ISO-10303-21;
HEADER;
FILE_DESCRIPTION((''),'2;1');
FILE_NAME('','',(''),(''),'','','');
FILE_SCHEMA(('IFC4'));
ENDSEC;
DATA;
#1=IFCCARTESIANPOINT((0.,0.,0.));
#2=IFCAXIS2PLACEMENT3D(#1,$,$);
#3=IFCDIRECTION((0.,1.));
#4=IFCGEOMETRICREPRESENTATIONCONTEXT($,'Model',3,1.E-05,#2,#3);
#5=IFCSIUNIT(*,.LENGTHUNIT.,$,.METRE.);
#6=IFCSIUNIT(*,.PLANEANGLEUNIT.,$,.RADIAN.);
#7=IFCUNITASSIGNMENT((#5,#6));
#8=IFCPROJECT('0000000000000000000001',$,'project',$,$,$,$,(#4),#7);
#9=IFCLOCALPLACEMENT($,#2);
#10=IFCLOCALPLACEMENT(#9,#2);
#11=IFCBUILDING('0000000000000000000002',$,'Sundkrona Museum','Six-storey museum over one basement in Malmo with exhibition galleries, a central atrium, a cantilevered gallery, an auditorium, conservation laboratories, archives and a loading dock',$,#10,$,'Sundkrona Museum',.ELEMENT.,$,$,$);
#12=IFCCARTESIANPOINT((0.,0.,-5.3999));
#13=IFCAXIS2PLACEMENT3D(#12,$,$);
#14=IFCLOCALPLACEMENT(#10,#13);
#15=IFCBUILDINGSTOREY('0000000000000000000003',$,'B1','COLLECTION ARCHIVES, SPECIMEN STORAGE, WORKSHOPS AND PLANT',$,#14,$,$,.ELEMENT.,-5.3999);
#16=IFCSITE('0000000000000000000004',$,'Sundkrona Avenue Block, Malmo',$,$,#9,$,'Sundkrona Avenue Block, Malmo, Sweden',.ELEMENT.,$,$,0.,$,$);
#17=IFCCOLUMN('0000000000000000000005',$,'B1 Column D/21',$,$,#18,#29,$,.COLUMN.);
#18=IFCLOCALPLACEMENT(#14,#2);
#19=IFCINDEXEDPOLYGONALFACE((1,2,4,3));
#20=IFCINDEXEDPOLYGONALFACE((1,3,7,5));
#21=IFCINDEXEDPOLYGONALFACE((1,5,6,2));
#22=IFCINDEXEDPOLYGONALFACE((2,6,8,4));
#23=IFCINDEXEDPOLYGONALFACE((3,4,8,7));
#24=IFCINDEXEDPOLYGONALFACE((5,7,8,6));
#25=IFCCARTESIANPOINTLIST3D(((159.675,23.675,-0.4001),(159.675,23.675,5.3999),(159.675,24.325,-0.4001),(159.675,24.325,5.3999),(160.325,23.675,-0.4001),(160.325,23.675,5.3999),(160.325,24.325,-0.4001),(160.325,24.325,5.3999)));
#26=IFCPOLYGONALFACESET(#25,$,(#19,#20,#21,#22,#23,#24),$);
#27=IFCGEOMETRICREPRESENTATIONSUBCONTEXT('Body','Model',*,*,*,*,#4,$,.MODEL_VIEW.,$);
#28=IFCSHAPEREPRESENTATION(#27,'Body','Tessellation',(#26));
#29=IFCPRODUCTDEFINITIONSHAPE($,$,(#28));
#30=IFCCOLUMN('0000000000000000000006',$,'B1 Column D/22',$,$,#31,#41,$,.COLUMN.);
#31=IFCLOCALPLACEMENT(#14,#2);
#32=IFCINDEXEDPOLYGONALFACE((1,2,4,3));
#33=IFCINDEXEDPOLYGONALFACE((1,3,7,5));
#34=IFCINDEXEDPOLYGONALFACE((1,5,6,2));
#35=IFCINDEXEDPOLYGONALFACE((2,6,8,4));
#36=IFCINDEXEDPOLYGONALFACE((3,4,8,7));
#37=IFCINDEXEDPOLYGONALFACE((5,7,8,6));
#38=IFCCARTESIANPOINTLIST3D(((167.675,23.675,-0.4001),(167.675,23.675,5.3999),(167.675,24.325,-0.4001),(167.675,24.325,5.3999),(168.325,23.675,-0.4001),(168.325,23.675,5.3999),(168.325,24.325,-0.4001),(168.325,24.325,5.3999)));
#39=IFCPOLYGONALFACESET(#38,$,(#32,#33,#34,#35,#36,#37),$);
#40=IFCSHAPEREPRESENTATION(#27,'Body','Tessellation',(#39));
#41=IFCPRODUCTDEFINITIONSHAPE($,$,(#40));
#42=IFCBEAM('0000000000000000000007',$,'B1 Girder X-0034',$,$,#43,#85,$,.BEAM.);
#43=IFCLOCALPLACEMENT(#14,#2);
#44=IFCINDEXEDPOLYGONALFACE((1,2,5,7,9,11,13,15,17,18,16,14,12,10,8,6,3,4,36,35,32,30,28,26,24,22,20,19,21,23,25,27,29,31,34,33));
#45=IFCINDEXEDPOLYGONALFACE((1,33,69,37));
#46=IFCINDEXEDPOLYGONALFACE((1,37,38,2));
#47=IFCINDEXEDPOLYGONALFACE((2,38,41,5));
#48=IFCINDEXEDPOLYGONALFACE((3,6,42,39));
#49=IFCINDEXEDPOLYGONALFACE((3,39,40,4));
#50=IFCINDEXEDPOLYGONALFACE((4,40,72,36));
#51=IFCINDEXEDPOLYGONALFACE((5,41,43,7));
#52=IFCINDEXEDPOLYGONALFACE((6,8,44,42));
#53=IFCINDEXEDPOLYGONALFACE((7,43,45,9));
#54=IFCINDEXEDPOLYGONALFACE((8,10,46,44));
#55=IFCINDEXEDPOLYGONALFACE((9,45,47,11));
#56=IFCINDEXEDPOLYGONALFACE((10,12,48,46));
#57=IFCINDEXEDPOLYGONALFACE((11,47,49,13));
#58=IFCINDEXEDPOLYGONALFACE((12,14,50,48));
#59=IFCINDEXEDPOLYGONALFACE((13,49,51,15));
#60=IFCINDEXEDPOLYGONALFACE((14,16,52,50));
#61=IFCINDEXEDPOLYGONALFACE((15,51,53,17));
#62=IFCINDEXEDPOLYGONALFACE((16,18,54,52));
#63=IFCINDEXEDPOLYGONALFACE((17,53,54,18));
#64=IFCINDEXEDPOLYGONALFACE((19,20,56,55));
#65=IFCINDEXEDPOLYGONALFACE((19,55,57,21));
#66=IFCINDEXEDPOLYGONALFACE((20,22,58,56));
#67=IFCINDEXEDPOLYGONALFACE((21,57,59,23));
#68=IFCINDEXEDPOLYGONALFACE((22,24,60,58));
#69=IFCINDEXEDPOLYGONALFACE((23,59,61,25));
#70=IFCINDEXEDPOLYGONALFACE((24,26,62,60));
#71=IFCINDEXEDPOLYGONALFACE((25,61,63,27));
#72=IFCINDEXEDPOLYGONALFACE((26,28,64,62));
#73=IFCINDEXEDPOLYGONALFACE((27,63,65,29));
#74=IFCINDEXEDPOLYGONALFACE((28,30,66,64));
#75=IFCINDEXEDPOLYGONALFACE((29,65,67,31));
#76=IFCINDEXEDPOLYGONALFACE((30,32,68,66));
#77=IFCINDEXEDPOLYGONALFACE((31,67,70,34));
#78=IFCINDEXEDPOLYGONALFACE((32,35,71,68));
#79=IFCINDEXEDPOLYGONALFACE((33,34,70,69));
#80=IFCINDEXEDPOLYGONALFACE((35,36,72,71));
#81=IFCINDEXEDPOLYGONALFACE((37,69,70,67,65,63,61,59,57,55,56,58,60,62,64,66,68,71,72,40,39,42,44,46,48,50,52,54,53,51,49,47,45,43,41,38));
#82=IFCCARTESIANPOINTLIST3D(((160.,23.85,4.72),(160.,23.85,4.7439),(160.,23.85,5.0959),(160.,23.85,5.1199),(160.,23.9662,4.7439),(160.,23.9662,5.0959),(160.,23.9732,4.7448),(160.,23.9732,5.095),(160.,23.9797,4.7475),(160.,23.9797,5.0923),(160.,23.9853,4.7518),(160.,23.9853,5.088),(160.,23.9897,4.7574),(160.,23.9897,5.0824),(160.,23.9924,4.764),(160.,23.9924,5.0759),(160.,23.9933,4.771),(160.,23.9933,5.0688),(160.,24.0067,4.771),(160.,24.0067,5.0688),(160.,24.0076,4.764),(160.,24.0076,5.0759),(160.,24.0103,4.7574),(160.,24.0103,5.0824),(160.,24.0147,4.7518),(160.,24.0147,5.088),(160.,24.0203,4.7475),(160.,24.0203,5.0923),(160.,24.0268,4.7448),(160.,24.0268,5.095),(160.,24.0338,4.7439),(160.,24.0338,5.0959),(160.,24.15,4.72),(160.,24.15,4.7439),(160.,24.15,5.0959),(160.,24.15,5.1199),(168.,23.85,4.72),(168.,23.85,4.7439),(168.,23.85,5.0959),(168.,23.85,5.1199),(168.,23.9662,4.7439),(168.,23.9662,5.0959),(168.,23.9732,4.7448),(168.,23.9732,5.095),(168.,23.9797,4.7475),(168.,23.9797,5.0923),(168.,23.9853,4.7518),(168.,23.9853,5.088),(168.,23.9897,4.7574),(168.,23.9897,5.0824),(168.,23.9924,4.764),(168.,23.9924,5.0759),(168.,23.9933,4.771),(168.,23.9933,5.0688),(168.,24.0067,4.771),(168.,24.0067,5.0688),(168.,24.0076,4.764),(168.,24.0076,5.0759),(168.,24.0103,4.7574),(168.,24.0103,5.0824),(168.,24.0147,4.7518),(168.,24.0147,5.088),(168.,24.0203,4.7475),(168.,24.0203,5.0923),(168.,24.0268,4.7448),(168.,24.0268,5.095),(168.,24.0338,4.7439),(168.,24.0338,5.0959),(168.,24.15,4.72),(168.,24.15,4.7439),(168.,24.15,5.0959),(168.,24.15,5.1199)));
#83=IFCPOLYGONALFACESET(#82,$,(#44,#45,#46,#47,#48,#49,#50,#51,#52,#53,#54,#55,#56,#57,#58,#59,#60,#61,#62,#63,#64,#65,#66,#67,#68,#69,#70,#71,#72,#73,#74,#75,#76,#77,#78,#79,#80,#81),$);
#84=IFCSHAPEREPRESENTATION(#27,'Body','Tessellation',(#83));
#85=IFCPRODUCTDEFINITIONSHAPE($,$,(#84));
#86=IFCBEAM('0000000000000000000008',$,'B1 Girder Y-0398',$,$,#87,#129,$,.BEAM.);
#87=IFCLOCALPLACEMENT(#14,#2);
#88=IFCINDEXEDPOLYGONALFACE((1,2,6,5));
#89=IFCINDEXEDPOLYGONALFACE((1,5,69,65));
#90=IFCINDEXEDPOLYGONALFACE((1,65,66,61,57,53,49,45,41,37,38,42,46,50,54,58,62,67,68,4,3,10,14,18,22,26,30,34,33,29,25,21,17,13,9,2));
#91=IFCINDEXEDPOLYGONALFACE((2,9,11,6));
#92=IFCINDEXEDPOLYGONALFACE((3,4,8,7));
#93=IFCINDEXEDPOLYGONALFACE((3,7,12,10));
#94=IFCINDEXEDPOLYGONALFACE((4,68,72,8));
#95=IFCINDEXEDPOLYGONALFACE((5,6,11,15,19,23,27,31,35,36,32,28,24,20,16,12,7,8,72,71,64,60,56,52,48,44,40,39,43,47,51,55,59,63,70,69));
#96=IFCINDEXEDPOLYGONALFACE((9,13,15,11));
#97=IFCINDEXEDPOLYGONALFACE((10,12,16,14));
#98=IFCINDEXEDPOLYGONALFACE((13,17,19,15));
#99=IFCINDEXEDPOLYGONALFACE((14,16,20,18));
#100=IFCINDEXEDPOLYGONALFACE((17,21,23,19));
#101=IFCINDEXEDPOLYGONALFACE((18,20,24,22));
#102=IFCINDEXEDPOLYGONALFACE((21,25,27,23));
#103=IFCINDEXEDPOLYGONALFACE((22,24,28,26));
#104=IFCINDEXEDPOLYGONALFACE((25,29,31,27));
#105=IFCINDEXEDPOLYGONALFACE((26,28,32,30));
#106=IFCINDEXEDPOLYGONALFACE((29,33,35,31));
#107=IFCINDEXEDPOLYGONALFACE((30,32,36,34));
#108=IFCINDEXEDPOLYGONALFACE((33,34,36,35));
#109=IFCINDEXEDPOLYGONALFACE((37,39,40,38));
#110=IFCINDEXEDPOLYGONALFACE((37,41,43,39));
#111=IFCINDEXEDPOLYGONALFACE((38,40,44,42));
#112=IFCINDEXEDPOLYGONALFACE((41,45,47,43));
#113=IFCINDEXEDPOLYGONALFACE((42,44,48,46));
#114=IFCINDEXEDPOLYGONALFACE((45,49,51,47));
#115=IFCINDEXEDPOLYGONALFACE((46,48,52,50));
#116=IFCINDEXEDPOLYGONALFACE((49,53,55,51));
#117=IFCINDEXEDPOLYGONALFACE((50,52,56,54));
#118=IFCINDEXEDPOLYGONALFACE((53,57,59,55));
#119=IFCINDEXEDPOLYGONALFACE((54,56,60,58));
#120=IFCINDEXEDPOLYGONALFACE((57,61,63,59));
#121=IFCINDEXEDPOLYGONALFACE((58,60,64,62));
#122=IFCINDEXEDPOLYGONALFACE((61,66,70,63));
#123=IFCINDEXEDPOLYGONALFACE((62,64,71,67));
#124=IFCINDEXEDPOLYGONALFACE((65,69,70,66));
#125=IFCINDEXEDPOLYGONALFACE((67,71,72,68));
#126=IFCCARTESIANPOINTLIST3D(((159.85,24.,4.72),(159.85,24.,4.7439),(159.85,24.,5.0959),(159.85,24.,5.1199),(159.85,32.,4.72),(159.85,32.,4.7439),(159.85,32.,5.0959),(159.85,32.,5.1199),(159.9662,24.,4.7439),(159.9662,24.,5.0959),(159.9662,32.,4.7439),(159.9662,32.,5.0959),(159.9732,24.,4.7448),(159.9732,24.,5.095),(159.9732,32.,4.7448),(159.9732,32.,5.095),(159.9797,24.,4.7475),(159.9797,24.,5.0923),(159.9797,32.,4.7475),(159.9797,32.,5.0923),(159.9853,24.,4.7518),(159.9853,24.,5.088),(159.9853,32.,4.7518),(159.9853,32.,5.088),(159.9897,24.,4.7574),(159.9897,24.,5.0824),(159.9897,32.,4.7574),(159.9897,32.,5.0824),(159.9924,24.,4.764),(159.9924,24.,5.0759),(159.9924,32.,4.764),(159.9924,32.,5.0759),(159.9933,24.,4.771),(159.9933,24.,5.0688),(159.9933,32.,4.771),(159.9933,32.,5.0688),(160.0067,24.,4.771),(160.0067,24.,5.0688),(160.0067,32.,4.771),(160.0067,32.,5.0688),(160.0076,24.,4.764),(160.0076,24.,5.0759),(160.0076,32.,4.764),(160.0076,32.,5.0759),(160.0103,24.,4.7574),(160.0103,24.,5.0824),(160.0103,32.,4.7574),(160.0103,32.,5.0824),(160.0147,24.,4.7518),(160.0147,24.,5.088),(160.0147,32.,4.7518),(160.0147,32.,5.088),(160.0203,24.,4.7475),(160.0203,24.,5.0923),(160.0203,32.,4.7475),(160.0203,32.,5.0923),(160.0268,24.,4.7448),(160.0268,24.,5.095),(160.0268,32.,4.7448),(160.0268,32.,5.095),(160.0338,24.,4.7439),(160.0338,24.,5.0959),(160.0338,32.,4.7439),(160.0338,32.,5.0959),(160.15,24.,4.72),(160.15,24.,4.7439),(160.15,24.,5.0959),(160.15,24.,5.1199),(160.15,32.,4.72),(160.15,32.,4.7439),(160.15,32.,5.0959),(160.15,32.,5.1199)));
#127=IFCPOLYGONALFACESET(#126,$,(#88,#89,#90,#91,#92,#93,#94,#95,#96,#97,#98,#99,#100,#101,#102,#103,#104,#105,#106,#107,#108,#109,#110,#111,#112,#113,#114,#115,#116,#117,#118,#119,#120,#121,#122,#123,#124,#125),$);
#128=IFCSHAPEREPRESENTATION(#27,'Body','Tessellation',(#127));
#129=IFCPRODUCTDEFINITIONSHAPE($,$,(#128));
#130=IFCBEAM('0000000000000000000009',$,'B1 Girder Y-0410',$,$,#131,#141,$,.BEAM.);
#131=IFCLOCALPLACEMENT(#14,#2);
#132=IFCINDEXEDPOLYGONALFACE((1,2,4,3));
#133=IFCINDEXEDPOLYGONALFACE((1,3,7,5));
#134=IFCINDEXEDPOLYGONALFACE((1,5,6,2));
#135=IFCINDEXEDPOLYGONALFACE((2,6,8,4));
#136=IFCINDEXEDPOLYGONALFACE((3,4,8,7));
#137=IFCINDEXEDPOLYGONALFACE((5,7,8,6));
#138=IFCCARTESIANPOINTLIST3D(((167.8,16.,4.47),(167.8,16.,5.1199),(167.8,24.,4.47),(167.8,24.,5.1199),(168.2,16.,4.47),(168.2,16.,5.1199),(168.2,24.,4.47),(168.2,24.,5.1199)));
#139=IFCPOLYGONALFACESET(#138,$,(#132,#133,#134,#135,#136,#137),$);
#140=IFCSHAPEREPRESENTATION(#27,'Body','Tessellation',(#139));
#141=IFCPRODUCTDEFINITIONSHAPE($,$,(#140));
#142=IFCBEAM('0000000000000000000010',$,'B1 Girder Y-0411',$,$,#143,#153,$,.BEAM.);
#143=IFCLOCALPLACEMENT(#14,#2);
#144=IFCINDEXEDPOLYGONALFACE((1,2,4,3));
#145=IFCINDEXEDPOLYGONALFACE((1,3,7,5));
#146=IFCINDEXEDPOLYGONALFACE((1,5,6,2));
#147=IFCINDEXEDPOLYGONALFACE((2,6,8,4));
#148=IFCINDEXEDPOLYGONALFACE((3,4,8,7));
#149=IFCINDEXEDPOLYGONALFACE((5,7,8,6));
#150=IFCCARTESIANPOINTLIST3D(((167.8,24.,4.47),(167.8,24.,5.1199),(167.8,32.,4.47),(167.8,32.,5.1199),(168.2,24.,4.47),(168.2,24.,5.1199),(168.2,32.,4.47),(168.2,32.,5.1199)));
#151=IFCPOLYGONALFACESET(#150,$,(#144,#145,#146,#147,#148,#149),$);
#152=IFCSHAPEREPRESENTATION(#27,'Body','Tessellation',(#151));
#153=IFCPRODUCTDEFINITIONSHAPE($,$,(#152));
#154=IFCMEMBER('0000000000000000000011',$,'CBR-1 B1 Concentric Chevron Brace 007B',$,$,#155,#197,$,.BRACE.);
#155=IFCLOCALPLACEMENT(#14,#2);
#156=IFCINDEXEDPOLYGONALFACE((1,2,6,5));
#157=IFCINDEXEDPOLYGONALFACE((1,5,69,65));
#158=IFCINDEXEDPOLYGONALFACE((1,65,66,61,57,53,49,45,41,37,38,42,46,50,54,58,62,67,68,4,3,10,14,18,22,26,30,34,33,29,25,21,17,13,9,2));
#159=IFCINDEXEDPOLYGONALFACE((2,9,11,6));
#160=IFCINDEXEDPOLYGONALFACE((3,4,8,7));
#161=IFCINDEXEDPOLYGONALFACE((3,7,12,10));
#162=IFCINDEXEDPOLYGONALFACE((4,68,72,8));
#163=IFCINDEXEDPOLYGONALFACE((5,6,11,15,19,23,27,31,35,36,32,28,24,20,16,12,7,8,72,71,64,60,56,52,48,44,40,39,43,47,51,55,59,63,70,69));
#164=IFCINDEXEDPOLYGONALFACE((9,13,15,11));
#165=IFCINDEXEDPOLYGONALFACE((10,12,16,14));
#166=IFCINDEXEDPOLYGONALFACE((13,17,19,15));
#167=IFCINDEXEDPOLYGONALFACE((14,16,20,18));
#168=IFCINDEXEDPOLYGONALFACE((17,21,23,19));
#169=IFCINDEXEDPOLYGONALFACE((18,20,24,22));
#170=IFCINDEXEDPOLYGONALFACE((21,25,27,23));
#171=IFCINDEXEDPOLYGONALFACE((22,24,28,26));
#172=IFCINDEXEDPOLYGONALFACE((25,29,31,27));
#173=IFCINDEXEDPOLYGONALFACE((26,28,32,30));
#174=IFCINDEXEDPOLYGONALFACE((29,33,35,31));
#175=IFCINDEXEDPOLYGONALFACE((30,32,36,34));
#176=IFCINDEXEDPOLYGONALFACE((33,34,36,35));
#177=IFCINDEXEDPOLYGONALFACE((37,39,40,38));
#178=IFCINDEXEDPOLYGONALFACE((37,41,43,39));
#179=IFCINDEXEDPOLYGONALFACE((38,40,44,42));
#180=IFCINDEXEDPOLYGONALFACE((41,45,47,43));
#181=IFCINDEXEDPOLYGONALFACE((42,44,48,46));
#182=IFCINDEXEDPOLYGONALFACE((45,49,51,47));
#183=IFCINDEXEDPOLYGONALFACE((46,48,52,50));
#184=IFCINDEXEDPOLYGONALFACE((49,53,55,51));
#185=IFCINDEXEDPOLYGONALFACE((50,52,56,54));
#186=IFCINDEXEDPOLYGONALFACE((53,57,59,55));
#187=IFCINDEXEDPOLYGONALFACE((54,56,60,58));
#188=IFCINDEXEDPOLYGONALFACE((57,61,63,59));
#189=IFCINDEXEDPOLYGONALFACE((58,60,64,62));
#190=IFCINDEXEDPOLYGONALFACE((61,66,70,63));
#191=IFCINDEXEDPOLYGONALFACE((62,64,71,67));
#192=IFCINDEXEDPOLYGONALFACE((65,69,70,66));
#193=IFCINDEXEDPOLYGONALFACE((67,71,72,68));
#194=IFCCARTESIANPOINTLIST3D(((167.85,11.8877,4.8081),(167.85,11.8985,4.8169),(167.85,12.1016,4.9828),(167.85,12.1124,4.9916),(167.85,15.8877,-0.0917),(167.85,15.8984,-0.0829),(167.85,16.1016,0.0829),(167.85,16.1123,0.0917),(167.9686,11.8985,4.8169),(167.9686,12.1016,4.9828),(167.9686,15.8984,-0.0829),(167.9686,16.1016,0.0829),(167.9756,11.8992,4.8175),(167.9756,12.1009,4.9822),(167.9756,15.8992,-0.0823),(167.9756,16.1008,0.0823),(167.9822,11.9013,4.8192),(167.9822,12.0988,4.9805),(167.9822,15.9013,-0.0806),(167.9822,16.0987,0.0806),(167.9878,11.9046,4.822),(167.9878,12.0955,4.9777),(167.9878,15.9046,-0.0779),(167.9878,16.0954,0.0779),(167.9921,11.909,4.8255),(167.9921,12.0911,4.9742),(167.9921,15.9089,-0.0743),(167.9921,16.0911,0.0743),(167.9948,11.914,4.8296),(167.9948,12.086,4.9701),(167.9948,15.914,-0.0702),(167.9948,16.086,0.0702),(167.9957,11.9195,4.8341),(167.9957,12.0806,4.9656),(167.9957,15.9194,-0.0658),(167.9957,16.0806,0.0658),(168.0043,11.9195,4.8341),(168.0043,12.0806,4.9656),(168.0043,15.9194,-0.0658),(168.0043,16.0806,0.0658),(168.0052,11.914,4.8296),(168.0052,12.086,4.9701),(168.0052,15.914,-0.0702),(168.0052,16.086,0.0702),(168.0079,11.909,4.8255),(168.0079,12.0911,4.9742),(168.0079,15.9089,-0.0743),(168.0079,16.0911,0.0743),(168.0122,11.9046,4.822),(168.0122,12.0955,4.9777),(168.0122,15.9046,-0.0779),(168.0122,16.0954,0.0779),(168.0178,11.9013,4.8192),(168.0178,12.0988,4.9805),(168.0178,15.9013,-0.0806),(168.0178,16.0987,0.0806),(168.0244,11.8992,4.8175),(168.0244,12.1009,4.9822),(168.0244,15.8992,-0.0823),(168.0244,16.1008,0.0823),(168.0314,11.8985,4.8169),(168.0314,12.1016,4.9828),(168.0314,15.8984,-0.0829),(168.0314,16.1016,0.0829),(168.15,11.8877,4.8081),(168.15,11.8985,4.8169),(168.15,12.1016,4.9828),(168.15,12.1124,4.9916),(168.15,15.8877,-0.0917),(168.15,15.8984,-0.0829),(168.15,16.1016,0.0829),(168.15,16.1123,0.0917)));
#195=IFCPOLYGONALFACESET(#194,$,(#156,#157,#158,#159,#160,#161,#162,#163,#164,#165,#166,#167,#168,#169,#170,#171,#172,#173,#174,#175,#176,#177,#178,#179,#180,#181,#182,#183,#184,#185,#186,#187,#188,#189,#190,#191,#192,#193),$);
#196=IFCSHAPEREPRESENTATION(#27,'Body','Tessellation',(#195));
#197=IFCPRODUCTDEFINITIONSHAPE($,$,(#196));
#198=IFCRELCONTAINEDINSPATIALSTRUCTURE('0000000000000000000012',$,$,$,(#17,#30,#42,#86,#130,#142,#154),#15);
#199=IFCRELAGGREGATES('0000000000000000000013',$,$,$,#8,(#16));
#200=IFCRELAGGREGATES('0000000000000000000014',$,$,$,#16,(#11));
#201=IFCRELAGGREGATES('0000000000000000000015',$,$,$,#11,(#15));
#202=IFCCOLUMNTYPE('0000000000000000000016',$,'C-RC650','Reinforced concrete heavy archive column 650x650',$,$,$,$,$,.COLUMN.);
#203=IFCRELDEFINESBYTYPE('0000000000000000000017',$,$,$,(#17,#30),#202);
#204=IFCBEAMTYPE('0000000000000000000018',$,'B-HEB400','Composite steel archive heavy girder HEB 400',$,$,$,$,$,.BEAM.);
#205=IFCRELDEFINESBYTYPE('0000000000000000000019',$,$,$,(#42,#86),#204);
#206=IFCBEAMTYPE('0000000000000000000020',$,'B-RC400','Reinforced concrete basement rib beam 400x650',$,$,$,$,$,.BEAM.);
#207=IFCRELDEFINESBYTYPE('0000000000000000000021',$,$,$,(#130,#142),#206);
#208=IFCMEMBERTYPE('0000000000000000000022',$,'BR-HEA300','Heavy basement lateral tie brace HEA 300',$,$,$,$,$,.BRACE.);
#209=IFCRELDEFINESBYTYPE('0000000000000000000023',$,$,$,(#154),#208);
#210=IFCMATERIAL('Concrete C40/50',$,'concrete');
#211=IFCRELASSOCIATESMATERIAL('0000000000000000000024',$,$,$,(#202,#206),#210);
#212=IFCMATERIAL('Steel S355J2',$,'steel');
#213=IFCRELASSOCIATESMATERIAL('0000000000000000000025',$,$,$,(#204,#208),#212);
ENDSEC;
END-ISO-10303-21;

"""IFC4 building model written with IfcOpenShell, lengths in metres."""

from ifc_helpers import new_model, si_unit, direction, frame, origin, origin_2d, place, context, subcontext, project, spatial, rectangle, i_section, extrude, material, material_profile, profile_set, type_object, element, save


model = new_model("IFC4")

# Units and contexts
model_context = context("Model", 3, precision=1e-05, world=origin(), true_north=direction((0.0, 1.0)))
body_context = subcontext(model_context, "Body", "Model", "MODEL_VIEW")
ifc_project = project(units=[si_unit("LENGTHUNIT", "METRE"), si_unit("PLANEANGLEUNIT", "RADIAN")], contexts=[model_context])

# Site, building, storey
site_placement = place(None, origin())
site = spatial("IfcSite", under=ifc_project, at=site_placement, Name="Sundkrona Avenue Block, Malmo", LongName="Sundkrona Avenue Block, Malmo, Sweden", CompositionType="ELEMENT", RefElevation=0.0)
building_placement = place(site_placement, origin())
building = spatial("IfcBuilding", under=site, at=building_placement, Name="Sundkrona Museum", Description="Six-storey museum over one basement in Malmo with exhibition galleries, a central atrium, a cantilevered gallery, an auditorium, conservation laboratories, archives and a loading dock", LongName="Sundkrona Museum", CompositionType="ELEMENT")
storey_placement = place(building_placement, frame((0.0, 0.0, -5.3999)))
storey = spatial("IfcBuildingStorey", under=building, at=storey_placement, Name="B1", Description="COLLECTION ARCHIVES, SPECIMEN STORAGE, WORKSHOPS AND PLANT", CompositionType="ELEMENT", Elevation=-5.3999)

# Shared definitions
ifc_material_1 = material(Name="Concrete C40/50", Category="concrete")

# Columns
ifc_material_profile_1 = material_profile(ifc_material_1, rectangle(XDim=0.6499, YDim=0.6499, at=origin_2d()), Name="RC 650x650")
ifc_profile_set_1 = profile_set([ifc_material_profile_1], Name="Concrete C40/50")
column_type = type_object("IfcColumnType", Name="C-RC650", Description="Reinforced concrete heavy archive column 650x650", PredefinedType="COLUMN", material=ifc_profile_set_1)
for number, where, z_axis, x_axis, name in (
    (1, (160.0, 24.0, -0.4001), (0.0, 0.0, 1.0), (1.0, 0.0, 0.0), "B1 Column D/21"),
    (2, (168.0, 24.0, -0.4001), (0.0, 0.0, 1.0), (1.0, 0.0, 0.0), "B1 Column D/22"),
):
    element("IfcColumn", number, at=place(storey_placement, frame(where, z_axis=z_axis, x_axis=x_axis)), inside=storey, type_object=column_type, Name=name, PredefinedType="COLUMN", context=body_context, shape_type="SweptSolid", body=[
        extrude(rectangle(XDim=0.6499, YDim=0.6499, at=origin_2d()), origin(), (0.0, 0.0, 1.0), 5.8),
    ])

# Beams
ifc_material_2 = material(Name="Steel S355J2", Category="steel")
ifc_material_profile_2 = material_profile(ifc_material_2, i_section(OverallWidth=0.3, OverallDepth=0.3999, WebThickness=0.0134, FlangeThickness=0.0239, FilletRadius=0.0271, at=origin_2d()), Name="HEB 400")
ifc_profile_set_2 = profile_set([ifc_material_profile_2], Name="Steel S355J2")
beam_type_1 = type_object("IfcBeamType", Name="B-HEB400", Description="Composite steel archive heavy girder HEB 400", PredefinedType="BEAM", material=ifc_profile_set_2)
for number, where, z_axis, x_axis, name in (
    (3, (160.0, 24.0, 4.9199), (1.0, 0.0, 0.0), (0.0, 1.0, 0.0), "B1 Girder X-0034"),
    (4, (160.0, 24.0, 4.9199), (0.0, 1.0, 0.0), (-1.0, 0.0, 0.0), "B1 Girder Y-0398"),
):
    element("IfcBeam", number, at=place(storey_placement, frame(where, z_axis=z_axis, x_axis=x_axis)), inside=storey, type_object=beam_type_1, Name=name, PredefinedType="BEAM", context=body_context, shape_type="SweptSolid", body=[
        extrude(i_section(OverallWidth=0.3, OverallDepth=0.3999, WebThickness=0.0134, FlangeThickness=0.0239, FilletRadius=0.0271, at=origin_2d()), origin(), (0.0, 0.0, 1.0), 8.0),
    ])
ifc_material_profile_3 = material_profile(ifc_material_1, rectangle(XDim=0.3999, YDim=0.6499, at=origin_2d()), Name="RCB 400x650")
ifc_profile_set_3 = profile_set([ifc_material_profile_3], Name="Concrete C40/50")
beam_type_2 = type_object("IfcBeamType", Name="B-RC400", Description="Reinforced concrete basement rib beam 400x650", PredefinedType="BEAM", material=ifc_profile_set_3)
for number, where, z_axis, x_axis, name in (
    (5, (168.0, 16.0, 4.7949), (0.0, 1.0, 0.0), (-1.0, 0.0, 0.0), "B1 Girder Y-0410"),
    (6, (168.0, 24.0, 4.7949), (0.0, 1.0, 0.0), (-1.0, 0.0, 0.0), "B1 Girder Y-0411"),
):
    element("IfcBeam", number, at=place(storey_placement, frame(where, z_axis=z_axis, x_axis=x_axis)), inside=storey, type_object=beam_type_2, Name=name, PredefinedType="BEAM", context=body_context, shape_type="SweptSolid", body=[
        extrude(rectangle(XDim=0.3999, YDim=0.6499, at=origin_2d()), origin(), (0.0, 0.0, 1.0), 8.0),
    ])

# Member
ifc_material_profile_4 = material_profile(ifc_material_2, i_section(OverallWidth=0.3, OverallDepth=0.29, WebThickness=0.0085, FlangeThickness=0.0139, FilletRadius=0.0271, at=origin_2d()), Name="HEA 300")
ifc_profile_set_4 = profile_set([ifc_material_profile_4], Name="Steel S355J2")
member_type = type_object("IfcMemberType", Name="BR-HEA300", Description="Heavy basement lateral tie brace HEA 300", PredefinedType="BRACE", material=ifc_profile_set_4)
member_placement = place(storey_placement, frame((168.0, 16.0, 0.0), z_axis=(0.0, -0.632384, 0.774655), x_axis=(1.0, 0.0, 0.0)))
element("IfcMember", 7, at=member_placement, inside=storey, type_object=member_type, Name="CBR-1 B1 Concentric Chevron Brace 007B", PredefinedType="BRACE", context=body_context, shape_type="SweptSolid", body=[
    extrude(i_section(OverallWidth=0.3, OverallDepth=0.29, WebThickness=0.0085, FlangeThickness=0.0139, FilletRadius=0.0271, at=origin_2d()), origin(), (0.0, 0.0, 1.0), 6.3252),
])

save(model, "model.ifc")
